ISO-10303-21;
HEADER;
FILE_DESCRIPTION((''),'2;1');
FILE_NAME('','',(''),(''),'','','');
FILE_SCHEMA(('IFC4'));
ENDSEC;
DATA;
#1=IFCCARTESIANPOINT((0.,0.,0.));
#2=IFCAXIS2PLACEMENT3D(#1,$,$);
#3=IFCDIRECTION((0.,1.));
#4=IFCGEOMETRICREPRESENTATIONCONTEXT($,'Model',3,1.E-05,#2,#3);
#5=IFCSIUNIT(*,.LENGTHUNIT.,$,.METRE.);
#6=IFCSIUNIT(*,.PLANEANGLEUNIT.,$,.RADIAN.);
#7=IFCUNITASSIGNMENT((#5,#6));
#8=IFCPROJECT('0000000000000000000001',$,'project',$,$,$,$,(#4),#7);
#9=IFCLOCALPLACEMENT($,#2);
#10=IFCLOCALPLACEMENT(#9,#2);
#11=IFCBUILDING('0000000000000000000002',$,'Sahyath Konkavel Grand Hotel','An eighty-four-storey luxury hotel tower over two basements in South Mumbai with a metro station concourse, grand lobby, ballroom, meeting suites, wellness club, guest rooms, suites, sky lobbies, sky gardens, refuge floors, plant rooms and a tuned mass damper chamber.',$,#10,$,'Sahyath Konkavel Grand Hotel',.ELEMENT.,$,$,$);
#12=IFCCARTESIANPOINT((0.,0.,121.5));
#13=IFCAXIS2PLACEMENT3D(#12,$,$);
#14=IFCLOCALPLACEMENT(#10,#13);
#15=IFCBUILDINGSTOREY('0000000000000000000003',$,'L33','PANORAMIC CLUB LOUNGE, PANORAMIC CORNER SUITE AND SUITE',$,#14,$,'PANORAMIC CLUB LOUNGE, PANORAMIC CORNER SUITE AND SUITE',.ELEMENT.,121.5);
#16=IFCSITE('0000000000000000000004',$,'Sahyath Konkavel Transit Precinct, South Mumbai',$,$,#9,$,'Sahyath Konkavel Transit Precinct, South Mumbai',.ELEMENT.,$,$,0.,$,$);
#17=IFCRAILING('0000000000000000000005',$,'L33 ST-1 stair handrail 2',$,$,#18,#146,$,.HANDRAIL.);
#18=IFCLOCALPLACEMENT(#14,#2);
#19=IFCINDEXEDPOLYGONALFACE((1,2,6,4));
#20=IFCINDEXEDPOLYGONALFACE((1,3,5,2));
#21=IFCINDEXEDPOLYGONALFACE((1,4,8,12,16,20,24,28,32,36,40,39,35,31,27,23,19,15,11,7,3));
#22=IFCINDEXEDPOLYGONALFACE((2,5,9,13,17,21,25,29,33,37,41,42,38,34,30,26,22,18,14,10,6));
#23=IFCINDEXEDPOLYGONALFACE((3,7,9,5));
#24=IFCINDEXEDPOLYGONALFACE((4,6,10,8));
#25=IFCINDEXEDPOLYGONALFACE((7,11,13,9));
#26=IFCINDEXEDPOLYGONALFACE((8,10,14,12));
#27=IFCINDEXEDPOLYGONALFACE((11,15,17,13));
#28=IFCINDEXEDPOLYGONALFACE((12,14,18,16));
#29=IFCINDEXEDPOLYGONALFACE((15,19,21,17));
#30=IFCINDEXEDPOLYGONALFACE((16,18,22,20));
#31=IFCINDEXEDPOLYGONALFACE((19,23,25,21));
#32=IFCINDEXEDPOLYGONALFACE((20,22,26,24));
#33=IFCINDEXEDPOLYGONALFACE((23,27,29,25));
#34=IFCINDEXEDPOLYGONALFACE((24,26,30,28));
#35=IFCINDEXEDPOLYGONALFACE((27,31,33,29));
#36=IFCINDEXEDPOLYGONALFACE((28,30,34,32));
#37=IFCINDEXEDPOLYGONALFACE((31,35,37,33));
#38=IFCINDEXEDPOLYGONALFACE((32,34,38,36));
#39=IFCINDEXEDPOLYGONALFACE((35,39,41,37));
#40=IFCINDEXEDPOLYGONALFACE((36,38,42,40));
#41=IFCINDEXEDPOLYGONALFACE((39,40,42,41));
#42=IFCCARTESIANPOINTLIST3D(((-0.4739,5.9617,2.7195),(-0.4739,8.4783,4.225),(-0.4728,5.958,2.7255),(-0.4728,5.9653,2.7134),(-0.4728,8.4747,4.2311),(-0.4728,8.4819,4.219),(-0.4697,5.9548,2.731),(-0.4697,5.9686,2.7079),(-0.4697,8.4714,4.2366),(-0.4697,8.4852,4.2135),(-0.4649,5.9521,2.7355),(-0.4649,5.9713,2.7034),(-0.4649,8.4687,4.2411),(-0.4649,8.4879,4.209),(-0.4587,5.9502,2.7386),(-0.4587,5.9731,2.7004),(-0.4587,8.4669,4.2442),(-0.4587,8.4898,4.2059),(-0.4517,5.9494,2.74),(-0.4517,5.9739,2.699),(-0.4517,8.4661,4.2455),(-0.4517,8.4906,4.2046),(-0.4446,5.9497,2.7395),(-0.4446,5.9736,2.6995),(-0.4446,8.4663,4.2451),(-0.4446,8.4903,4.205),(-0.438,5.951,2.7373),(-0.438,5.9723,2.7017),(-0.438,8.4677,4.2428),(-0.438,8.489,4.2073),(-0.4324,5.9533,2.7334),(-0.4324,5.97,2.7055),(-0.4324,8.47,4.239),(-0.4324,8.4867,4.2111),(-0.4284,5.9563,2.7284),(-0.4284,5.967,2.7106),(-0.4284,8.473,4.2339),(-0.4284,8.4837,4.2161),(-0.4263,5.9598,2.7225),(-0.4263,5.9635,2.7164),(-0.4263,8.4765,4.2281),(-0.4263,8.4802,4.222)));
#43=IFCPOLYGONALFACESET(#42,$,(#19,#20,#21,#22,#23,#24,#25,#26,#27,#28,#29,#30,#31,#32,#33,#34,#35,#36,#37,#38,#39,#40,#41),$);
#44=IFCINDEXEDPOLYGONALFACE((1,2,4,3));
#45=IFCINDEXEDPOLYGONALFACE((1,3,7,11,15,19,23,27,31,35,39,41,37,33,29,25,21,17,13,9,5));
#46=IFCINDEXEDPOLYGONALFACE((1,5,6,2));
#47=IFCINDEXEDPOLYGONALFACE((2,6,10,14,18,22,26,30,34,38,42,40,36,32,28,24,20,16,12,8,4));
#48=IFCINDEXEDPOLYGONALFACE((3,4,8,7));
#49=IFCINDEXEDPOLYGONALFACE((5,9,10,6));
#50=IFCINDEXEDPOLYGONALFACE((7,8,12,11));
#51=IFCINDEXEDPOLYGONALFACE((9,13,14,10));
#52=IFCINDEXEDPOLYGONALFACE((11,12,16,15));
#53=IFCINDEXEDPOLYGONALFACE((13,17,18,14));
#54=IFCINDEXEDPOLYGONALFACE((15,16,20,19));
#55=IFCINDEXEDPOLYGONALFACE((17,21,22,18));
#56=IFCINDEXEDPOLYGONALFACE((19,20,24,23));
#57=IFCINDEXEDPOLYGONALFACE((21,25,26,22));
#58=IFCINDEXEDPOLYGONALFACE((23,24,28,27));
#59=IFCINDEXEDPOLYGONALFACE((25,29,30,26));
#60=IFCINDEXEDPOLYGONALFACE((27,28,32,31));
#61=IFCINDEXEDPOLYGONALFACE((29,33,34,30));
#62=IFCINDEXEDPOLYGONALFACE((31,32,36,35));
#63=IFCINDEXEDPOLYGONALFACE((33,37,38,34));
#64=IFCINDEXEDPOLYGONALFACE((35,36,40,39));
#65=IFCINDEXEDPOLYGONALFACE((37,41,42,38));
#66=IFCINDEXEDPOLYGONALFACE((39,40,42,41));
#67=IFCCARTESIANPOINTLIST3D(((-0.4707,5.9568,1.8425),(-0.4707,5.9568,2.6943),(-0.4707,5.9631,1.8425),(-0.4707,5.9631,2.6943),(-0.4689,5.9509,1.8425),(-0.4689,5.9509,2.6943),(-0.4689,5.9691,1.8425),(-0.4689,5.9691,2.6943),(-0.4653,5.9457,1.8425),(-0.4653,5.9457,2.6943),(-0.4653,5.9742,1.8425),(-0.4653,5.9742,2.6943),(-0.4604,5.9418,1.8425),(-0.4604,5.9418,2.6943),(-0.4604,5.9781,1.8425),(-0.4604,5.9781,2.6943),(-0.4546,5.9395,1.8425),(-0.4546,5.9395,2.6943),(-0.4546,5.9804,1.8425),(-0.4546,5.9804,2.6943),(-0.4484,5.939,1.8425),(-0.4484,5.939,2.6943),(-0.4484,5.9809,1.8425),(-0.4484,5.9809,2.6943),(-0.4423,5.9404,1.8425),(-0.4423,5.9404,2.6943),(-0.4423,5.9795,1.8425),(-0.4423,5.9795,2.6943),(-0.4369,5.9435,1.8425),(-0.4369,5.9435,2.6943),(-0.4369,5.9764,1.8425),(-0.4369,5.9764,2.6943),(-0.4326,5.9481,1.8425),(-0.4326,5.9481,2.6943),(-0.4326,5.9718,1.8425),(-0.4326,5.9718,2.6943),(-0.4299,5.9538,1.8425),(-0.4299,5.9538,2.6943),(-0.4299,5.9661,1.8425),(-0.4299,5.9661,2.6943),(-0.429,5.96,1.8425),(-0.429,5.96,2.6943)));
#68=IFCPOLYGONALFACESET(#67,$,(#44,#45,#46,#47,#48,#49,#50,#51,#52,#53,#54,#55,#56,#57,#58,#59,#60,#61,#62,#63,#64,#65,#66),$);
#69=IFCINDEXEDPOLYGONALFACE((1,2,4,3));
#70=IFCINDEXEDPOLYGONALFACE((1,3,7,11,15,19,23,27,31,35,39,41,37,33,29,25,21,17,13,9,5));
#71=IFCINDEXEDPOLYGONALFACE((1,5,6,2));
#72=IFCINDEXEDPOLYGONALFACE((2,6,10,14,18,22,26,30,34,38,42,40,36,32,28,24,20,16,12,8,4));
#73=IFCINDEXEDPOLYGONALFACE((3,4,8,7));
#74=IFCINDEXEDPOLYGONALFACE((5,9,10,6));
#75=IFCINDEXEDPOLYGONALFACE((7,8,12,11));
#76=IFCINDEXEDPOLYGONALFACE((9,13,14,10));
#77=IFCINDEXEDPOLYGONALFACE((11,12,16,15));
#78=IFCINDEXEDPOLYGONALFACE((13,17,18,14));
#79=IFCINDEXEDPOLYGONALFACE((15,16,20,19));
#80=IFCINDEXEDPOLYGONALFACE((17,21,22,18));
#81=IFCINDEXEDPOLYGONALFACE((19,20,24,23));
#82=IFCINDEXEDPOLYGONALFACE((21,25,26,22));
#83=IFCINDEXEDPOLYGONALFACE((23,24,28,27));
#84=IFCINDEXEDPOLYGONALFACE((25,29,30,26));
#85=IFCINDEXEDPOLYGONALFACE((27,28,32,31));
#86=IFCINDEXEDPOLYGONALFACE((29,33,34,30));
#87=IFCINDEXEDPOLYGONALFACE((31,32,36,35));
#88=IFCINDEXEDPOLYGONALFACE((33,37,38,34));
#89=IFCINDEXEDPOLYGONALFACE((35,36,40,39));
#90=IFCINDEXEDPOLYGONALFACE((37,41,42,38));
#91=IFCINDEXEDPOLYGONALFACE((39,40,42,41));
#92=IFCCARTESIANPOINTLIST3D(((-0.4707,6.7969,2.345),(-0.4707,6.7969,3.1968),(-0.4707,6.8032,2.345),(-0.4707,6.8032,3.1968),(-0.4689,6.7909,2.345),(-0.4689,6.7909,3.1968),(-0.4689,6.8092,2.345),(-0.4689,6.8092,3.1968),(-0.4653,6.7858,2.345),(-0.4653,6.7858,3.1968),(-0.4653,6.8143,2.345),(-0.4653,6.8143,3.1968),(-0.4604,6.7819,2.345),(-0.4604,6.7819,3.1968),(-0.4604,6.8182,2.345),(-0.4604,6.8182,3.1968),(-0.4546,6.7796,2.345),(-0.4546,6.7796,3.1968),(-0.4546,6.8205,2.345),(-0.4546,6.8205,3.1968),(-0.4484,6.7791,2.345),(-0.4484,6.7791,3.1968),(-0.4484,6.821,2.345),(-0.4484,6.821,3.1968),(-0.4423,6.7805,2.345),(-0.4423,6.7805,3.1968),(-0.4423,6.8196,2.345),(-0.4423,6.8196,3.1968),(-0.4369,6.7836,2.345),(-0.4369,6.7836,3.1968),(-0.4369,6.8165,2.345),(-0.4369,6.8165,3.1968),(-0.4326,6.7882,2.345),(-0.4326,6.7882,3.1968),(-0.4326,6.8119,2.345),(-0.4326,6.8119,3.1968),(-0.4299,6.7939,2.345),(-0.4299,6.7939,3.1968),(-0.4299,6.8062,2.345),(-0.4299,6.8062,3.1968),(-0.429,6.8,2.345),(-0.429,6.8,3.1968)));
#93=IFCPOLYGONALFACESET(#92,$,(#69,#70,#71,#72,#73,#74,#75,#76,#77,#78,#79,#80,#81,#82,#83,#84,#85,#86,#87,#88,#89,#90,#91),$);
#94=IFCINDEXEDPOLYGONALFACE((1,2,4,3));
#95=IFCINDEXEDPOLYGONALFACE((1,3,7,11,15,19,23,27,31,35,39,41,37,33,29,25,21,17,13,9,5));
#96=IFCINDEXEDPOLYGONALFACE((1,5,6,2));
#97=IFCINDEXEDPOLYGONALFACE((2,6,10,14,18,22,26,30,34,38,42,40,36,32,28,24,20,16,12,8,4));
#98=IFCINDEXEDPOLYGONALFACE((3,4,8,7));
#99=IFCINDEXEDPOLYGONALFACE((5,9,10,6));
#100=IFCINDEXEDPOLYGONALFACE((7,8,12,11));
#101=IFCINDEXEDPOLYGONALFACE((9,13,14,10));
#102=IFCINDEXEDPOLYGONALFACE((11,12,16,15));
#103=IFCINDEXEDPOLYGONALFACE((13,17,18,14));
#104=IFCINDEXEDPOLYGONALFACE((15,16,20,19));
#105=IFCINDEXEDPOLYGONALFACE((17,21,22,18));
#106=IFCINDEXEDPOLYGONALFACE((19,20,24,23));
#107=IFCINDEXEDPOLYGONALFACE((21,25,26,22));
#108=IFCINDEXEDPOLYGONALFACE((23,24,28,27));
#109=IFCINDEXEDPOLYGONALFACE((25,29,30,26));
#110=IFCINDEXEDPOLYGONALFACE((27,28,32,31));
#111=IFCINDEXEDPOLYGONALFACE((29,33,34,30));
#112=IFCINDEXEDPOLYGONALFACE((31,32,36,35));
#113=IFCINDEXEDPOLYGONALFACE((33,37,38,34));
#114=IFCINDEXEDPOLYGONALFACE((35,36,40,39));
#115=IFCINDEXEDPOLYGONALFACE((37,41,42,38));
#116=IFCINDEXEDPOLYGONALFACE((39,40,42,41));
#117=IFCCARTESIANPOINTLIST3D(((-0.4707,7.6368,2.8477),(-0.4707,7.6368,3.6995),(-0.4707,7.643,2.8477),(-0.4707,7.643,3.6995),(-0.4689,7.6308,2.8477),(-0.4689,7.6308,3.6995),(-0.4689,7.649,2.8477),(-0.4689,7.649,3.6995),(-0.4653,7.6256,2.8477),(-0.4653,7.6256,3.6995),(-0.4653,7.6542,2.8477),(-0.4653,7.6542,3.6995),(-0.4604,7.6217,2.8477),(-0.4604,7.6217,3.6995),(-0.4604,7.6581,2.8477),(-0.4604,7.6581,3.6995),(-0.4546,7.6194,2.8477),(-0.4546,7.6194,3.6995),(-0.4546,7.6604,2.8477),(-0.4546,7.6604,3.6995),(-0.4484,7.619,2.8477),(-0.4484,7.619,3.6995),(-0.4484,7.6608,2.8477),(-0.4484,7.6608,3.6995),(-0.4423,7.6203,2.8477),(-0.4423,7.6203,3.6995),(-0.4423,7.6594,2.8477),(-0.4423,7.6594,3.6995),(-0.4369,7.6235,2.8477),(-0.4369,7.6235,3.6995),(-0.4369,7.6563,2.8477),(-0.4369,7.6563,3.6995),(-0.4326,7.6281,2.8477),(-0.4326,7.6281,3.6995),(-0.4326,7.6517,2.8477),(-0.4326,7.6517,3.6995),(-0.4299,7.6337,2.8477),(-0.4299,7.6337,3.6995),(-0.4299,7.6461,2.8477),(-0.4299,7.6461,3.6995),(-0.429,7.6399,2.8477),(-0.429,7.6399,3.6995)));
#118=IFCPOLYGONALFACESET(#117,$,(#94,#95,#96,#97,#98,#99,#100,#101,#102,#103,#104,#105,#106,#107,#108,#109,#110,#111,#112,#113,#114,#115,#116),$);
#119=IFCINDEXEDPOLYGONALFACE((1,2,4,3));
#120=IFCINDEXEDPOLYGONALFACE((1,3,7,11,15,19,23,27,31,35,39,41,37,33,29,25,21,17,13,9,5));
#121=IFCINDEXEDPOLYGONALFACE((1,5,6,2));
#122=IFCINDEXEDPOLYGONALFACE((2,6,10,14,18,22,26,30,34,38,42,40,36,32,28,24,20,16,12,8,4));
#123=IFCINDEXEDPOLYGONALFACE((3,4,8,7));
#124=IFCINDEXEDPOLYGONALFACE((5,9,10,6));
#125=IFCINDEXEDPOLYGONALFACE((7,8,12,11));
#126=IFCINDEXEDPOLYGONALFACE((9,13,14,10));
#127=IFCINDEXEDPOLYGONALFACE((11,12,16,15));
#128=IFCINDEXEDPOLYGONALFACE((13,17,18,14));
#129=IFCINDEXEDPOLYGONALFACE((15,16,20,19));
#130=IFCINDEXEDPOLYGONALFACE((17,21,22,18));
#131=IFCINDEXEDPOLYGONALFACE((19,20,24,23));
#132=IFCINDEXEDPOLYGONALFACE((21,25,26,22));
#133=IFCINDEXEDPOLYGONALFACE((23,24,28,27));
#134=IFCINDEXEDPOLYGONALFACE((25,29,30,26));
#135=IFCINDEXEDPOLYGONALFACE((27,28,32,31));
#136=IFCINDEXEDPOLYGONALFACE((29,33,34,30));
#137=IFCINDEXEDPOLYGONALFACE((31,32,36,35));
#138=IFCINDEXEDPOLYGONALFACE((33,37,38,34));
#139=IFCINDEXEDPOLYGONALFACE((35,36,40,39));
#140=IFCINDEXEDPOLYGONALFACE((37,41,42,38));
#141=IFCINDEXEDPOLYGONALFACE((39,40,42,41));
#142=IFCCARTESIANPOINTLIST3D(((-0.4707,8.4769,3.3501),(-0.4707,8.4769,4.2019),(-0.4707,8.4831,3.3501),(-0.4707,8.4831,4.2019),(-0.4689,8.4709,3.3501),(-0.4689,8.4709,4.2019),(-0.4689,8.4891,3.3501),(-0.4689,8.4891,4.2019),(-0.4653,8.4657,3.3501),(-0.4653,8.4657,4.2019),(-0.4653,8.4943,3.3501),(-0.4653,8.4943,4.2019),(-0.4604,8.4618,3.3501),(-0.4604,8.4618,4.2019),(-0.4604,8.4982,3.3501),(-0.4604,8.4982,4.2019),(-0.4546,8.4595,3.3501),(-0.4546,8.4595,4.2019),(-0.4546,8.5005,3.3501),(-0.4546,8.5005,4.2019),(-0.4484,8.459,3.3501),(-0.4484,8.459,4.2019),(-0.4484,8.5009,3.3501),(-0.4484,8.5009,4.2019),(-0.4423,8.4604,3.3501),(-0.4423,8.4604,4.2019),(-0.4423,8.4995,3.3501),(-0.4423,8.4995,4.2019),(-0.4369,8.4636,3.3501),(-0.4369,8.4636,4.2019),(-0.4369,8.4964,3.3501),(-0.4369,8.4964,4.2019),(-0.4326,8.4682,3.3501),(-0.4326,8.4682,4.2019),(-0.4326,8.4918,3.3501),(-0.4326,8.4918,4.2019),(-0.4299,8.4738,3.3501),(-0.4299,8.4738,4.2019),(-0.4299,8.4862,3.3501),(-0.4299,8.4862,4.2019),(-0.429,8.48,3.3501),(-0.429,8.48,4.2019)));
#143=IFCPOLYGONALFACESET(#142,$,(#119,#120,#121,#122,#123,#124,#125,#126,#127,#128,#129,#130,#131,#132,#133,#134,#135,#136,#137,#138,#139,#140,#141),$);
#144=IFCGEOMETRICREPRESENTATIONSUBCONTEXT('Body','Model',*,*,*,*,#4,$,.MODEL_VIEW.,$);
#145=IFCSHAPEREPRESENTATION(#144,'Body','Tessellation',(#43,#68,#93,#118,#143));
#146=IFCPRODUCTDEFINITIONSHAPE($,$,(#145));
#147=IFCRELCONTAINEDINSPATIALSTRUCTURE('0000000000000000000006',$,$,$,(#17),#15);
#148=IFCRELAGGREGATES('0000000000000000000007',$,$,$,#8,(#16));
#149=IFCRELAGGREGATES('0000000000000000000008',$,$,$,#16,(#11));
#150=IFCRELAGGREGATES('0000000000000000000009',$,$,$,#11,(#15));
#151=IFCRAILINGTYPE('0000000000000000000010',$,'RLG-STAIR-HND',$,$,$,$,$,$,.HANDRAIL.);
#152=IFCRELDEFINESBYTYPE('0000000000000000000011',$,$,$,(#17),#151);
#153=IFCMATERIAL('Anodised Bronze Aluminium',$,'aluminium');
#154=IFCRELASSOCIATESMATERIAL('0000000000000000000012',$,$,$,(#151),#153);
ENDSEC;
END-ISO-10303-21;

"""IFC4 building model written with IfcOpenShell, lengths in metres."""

from ifc_helpers import new_model, si_unit, direction, frame, origin, origin_2d, place, context, subcontext, project, spatial, circle, extrude, material, type_object, element, save


model = new_model("IFC4")

# Units and contexts
model_context = context("Model", 3, precision=1e-05, world=origin(), true_north=direction((0.0, 1.0)))
body_context = subcontext(model_context, "Body", "Model", "MODEL_VIEW")
ifc_project = project(units=[si_unit("LENGTHUNIT", "METRE"), si_unit("PLANEANGLEUNIT", "RADIAN")], contexts=[model_context])

# Site, building, storey
site_placement = place(None, origin())
site = spatial("IfcSite", under=ifc_project, at=site_placement, Name="Sahyath Konkavel Transit Precinct, South Mumbai", LongName="Sahyath Konkavel Transit Precinct, South Mumbai", CompositionType="ELEMENT", RefElevation=0.0)
building_placement = place(site_placement, origin())
building = spatial("IfcBuilding", under=site, at=building_placement, Name="Sahyath Konkavel Grand Hotel", Description="An eighty-four-storey luxury hotel tower over two basements in South Mumbai with a metro station concourse, grand lobby, ballroom, meeting suites, wellness club, guest rooms, suites, sky lobbies, sky gardens, refuge floors, plant rooms and a tuned mass damper chamber.", LongName="Sahyath Konkavel Grand Hotel", CompositionType="ELEMENT")
storey_placement = place(building_placement, frame((0.0, 0.0, 121.5)))
storey = spatial("IfcBuildingStorey", under=building, at=storey_placement, Name="L33", Description="PANORAMIC CLUB LOUNGE, PANORAMIC CORNER SUITE AND SUITE", LongName="PANORAMIC CLUB LOUNGE, PANORAMIC CORNER SUITE AND SUITE", CompositionType="ELEMENT", Elevation=121.5)

# Railing
ifc_material_1 = material(Name="Anodised Bronze Aluminium", Category="aluminium")
railing_type_1 = type_object("IfcRailingType", Name="RLG-STAIR-HND", PredefinedType="HANDRAIL", material=ifc_material_1)
railing_1_placement = place(storey_placement, frame((-0.45, 5.96, 1.8425)))
element("IfcRailing", 1, at=railing_1_placement, inside=storey, type_object=railing_type_1, Name="L33 ST-1 stair handrail 2", PredefinedType="HANDRAIL", context=body_context, shape_type="SweptSolid", body=[
    extrude(circle(Radius=0.0239, at=origin_2d()), frame((0.0, 0.0017, 0.877), z_axis=(0.0, 0.85816, 0.513383), x_axis=(-1.0, 0.0, 0.0)), (0.0, 0.0, 1.0), 2.9326),
    extrude(circle(Radius=0.021, at=origin_2d()), origin(), (0.0, 0.0, 1.0), 0.8518),
    extrude(circle(Radius=0.021, at=origin_2d()), frame((0.0, 0.8401, 0.5024)), (0.0, 0.0, 1.0), 0.8518),
    extrude(circle(Radius=0.021, at=origin_2d()), frame((0.0, 1.6799, 1.0051)), (0.0, 0.0, 1.0), 0.8518),
    extrude(circle(Radius=0.021, at=origin_2d()), frame((0.0, 2.52, 1.5076)), (0.0, 0.0, 1.0), 0.8518),
])

save(model, "model.ifc")
